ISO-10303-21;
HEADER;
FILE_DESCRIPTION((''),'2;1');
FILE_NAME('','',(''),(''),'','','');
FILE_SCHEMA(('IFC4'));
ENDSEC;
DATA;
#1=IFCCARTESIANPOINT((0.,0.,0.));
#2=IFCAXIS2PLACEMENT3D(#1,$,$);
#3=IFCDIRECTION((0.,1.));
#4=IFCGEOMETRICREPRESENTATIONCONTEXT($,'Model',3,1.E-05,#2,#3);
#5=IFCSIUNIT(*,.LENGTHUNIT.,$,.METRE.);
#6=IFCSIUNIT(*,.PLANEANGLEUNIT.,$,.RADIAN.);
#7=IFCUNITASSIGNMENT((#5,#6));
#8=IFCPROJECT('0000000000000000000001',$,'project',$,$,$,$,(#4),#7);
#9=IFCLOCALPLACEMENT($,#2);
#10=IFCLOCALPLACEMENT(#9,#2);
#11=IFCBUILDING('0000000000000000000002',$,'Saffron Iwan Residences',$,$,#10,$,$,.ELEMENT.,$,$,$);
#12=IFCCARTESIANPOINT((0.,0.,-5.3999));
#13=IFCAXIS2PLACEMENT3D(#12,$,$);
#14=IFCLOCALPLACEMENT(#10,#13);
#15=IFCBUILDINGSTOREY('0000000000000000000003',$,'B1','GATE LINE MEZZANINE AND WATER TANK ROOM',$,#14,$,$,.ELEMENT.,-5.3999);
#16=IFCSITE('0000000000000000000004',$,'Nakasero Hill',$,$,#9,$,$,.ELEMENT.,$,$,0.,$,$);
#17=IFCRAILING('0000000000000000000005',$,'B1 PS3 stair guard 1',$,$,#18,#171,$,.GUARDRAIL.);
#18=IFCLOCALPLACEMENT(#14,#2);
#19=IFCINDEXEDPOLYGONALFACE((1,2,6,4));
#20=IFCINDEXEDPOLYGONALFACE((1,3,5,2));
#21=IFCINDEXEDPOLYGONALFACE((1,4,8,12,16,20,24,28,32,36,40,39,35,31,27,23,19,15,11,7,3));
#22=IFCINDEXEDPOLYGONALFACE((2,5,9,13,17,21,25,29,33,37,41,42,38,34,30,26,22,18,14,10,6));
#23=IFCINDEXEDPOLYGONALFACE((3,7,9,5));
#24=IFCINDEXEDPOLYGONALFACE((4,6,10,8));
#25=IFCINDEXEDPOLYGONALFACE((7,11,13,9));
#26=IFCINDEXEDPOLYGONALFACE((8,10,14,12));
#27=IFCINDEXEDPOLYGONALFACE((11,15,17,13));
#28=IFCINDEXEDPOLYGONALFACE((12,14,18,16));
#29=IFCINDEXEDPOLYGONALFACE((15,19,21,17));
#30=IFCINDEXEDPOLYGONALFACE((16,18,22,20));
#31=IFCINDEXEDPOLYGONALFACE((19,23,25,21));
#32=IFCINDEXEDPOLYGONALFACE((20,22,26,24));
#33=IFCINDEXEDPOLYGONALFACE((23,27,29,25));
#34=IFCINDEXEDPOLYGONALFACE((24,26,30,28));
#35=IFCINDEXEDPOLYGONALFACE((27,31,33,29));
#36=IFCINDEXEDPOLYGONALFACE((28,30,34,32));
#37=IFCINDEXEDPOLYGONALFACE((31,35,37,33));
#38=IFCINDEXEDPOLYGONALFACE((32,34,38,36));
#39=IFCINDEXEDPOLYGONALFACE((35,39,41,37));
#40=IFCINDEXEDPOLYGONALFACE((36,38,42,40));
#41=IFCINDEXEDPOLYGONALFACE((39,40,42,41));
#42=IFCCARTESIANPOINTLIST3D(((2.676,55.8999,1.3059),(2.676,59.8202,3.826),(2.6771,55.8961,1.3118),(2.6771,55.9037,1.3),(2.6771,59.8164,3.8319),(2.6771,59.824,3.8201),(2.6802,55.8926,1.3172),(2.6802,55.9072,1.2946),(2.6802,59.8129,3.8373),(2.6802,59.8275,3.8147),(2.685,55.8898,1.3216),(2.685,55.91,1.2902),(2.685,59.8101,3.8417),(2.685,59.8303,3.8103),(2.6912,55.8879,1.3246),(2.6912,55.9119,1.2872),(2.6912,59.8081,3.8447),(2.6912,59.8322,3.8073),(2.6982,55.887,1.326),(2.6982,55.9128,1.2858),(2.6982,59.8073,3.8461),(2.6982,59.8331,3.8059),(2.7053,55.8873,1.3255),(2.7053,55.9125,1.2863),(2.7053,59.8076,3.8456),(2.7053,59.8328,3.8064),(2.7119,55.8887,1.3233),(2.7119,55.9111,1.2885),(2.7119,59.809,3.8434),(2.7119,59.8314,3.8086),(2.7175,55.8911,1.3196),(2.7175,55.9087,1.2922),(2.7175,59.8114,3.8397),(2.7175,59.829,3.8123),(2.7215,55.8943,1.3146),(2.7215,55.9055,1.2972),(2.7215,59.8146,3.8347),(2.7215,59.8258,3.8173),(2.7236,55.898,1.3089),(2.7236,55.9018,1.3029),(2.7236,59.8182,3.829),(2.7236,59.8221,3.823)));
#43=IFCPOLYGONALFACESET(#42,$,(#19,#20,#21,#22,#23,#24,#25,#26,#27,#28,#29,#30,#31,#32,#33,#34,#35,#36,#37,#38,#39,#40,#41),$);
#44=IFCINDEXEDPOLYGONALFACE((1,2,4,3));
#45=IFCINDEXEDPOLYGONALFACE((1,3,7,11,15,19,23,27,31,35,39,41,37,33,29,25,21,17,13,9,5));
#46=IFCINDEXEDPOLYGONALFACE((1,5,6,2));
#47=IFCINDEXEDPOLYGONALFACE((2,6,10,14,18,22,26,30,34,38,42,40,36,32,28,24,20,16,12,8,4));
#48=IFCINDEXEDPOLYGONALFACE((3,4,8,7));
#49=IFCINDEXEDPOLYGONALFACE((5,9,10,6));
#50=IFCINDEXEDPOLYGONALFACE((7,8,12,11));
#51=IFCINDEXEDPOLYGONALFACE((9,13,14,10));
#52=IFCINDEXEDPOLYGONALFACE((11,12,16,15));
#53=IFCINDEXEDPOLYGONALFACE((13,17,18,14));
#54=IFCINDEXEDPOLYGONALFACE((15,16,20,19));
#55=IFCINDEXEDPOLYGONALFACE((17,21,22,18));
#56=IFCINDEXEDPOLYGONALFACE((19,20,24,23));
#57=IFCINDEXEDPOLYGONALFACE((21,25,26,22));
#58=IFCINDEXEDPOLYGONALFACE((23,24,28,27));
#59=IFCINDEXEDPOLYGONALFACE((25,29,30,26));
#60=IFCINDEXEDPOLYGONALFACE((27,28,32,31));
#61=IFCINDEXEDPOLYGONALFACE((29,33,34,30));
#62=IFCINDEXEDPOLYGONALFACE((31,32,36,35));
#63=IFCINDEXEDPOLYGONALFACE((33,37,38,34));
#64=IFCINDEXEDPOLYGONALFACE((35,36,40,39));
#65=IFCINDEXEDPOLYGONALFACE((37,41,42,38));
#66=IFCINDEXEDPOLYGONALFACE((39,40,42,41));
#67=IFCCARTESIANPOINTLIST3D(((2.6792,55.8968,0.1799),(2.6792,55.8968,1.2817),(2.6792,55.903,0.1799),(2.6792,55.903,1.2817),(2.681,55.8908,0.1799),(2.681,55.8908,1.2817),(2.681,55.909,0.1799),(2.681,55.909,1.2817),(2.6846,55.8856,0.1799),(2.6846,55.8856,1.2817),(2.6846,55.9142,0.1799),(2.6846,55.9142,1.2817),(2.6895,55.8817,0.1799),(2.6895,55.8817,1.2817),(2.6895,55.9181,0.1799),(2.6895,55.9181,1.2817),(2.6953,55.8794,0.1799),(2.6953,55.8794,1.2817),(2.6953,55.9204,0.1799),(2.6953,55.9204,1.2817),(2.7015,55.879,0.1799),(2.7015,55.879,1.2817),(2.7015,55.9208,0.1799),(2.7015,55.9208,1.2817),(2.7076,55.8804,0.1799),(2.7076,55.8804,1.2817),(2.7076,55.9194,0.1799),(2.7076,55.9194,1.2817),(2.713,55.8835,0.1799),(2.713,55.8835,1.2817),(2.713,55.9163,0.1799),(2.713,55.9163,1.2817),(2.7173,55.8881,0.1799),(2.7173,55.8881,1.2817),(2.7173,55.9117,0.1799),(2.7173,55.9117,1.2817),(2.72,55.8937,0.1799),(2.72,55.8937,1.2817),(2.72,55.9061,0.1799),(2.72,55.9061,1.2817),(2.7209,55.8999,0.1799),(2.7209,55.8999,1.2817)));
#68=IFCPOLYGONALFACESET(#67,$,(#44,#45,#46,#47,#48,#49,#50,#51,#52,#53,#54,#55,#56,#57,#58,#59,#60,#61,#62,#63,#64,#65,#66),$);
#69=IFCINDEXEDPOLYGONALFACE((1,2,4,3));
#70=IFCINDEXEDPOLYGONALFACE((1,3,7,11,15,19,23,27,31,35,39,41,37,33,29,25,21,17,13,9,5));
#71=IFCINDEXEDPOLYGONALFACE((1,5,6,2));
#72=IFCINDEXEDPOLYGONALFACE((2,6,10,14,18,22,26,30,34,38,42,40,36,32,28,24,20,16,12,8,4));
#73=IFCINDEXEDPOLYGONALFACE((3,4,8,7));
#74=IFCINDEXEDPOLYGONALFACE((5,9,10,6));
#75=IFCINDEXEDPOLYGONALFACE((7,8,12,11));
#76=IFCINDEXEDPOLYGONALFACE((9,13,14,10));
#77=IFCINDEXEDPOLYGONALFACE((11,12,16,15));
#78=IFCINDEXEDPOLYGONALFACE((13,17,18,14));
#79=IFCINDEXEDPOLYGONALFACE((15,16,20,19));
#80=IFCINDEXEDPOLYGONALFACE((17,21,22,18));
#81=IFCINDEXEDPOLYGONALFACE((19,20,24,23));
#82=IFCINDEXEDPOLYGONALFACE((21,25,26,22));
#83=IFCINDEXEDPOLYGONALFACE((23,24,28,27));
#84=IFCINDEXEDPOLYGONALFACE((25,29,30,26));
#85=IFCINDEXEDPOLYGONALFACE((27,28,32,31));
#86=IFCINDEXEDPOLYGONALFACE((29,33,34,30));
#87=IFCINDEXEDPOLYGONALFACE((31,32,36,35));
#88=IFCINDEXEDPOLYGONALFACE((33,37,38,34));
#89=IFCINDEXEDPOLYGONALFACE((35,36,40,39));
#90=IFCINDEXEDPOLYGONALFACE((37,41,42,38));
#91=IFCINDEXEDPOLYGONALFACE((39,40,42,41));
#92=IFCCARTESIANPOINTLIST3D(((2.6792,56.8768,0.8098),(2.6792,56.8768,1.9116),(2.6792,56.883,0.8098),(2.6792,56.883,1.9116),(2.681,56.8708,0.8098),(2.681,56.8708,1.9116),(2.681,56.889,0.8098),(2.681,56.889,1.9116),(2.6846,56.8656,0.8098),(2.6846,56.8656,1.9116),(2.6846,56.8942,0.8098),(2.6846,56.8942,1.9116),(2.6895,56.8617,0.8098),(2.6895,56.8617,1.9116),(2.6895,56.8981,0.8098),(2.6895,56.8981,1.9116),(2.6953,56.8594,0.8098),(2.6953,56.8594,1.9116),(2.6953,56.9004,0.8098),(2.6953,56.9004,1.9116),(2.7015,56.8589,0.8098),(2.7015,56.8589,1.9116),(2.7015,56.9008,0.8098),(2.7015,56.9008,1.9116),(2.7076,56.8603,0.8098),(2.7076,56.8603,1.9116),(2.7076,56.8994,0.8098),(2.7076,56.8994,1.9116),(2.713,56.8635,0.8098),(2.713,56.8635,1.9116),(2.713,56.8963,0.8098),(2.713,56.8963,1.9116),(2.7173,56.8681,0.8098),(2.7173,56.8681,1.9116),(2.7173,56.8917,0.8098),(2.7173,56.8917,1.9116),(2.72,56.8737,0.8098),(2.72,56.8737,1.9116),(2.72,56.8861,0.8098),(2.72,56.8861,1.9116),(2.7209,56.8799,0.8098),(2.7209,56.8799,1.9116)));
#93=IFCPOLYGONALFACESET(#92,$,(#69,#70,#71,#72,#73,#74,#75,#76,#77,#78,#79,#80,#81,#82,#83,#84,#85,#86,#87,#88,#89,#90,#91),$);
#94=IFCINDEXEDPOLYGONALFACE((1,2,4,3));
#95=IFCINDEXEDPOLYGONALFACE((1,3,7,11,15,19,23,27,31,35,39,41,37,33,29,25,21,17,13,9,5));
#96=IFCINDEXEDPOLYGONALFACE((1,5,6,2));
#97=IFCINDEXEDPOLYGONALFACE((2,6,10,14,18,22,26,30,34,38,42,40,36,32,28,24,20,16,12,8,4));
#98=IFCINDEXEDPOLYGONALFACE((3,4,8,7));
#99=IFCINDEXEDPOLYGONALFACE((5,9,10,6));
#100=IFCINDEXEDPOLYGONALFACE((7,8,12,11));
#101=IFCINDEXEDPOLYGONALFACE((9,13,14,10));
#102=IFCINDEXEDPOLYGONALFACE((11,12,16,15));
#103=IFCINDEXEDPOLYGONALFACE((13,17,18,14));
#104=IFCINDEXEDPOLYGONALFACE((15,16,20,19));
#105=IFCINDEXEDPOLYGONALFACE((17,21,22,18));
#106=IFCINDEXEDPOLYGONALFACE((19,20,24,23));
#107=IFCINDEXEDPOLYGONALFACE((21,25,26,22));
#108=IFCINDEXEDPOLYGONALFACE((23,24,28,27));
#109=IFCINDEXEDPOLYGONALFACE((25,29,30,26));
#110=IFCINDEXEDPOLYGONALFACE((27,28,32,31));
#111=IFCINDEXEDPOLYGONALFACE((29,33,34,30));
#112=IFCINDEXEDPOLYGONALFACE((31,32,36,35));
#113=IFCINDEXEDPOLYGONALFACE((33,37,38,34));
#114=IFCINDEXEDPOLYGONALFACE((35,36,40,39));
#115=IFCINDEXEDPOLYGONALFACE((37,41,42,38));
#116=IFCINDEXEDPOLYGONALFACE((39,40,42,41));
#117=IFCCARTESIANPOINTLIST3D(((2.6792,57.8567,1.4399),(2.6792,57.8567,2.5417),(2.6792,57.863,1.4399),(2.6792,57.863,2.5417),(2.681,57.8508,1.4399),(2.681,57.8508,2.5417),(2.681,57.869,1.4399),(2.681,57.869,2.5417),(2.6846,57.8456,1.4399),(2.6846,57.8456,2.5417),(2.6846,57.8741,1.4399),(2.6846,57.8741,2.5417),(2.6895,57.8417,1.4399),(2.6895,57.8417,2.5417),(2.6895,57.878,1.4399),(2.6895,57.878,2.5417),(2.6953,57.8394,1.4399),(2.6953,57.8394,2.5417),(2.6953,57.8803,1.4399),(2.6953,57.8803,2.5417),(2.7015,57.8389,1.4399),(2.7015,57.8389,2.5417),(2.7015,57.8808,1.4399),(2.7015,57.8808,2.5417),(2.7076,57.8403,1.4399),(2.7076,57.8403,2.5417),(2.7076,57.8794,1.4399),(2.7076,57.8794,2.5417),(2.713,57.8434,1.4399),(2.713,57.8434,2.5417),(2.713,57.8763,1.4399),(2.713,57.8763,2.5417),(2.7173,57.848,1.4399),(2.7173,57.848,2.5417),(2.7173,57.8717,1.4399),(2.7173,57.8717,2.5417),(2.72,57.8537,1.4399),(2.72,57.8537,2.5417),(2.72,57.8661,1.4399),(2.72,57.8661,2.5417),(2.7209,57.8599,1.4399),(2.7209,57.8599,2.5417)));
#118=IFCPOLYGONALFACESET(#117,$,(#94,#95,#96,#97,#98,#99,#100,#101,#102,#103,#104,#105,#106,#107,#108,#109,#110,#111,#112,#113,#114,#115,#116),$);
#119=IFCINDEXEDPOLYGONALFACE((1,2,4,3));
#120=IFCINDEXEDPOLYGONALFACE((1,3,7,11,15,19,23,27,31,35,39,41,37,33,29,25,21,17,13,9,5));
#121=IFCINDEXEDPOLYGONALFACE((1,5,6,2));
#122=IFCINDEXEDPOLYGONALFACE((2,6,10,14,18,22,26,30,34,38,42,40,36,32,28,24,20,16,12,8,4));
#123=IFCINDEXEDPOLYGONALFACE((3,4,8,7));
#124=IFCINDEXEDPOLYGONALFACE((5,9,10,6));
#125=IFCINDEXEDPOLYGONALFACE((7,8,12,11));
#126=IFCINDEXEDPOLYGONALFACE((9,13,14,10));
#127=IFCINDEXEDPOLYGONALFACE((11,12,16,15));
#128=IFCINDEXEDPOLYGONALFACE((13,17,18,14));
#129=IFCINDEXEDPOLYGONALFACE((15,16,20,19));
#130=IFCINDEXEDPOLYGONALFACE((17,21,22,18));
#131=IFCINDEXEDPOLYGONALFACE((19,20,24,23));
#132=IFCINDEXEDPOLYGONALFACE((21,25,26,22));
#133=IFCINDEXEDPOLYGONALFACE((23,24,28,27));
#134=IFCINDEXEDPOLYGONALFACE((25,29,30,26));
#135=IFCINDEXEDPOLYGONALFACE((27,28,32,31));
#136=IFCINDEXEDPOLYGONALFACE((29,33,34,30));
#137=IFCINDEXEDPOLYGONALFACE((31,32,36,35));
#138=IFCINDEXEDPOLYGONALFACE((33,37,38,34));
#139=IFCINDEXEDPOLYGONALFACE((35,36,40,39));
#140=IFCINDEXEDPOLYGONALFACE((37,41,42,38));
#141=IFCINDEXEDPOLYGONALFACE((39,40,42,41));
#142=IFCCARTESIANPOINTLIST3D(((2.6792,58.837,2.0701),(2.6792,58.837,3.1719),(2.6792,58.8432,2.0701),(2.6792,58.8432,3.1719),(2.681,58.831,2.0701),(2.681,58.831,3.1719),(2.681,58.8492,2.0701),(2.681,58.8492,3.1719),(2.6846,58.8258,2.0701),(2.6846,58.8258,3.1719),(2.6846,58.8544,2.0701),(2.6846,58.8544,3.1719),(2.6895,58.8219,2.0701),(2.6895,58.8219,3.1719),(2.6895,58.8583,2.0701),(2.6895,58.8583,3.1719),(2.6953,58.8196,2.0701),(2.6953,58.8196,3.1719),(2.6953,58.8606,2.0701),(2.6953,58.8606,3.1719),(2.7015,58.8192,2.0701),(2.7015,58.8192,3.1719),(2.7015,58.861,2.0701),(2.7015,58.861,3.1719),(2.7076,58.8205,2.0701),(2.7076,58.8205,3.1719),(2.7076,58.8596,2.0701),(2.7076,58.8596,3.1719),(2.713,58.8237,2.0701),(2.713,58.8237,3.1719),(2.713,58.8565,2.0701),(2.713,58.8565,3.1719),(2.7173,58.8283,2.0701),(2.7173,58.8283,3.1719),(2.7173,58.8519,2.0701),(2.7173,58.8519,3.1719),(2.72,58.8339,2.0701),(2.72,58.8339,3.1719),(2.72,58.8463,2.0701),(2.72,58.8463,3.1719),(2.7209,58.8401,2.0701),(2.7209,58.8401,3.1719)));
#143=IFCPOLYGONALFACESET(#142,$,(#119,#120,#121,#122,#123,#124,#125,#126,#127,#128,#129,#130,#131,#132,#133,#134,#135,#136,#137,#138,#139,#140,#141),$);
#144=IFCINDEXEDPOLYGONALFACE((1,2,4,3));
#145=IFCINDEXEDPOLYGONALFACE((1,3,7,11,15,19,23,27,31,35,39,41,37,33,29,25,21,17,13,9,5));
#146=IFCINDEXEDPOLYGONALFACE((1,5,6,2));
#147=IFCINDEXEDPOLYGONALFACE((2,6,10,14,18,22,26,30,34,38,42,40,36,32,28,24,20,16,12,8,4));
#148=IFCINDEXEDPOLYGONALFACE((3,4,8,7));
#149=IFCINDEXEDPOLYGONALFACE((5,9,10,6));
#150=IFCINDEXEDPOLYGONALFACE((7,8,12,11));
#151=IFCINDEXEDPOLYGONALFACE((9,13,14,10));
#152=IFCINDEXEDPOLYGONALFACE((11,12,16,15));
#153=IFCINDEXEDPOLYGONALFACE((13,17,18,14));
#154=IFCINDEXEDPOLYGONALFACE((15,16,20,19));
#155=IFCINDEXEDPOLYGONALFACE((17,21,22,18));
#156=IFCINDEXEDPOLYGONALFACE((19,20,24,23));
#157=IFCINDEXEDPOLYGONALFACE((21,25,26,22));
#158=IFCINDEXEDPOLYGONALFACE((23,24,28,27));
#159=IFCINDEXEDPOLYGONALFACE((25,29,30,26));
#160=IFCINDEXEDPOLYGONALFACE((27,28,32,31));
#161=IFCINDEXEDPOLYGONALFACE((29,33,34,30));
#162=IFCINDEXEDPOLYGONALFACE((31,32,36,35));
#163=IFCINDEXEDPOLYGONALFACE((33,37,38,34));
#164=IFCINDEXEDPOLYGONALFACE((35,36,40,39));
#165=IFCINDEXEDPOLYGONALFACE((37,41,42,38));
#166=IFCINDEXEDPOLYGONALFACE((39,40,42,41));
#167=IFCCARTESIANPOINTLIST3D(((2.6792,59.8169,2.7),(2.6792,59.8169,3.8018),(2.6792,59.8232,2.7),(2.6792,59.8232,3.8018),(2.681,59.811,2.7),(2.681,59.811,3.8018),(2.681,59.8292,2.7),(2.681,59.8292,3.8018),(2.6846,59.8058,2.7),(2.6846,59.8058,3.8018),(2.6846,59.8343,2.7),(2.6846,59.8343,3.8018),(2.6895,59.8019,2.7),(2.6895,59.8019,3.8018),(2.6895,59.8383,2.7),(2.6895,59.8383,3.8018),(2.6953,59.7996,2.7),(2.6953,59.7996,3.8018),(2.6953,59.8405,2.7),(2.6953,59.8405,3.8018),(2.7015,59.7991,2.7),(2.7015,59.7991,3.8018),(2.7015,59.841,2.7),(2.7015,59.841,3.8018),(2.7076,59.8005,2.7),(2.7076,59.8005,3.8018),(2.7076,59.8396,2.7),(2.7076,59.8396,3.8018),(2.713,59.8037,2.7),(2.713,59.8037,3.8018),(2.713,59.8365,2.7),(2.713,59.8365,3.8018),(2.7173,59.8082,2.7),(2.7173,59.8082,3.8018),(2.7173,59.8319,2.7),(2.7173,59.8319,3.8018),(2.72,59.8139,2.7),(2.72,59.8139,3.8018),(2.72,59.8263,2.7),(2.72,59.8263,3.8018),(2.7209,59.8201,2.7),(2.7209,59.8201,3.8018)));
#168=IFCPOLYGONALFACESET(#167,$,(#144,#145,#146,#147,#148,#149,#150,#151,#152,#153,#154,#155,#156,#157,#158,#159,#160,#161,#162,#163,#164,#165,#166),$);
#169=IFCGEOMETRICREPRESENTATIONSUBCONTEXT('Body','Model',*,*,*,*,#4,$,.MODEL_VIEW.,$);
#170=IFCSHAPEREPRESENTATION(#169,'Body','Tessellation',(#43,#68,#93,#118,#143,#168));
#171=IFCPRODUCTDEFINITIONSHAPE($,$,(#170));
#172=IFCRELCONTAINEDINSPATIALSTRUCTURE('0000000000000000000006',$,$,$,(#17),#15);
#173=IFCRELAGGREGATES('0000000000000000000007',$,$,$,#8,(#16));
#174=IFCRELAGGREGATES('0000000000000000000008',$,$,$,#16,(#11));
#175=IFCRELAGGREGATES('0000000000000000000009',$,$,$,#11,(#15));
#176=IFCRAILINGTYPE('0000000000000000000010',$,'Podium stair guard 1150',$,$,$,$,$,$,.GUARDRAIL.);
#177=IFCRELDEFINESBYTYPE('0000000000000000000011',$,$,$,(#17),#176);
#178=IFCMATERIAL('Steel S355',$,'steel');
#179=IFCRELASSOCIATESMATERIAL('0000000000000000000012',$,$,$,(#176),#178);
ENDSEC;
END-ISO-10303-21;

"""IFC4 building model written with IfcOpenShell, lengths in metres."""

from ifc_helpers import new_model, si_unit, direction, frame, origin, origin_2d, place, context, subcontext, project, spatial, circle, extrude, material, type_object, element, save


model = new_model("IFC4")

# Units and contexts
model_context = context("Model", 3, precision=1e-05, world=origin(), true_north=direction((0.0, 1.0)))
body_context = subcontext(model_context, "Body", "Model", "MODEL_VIEW")
ifc_project = project(units=[si_unit("LENGTHUNIT", "METRE"), si_unit("PLANEANGLEUNIT", "RADIAN")], contexts=[model_context])

# Site, building, storey
site_placement = place(None, origin())
site = spatial("IfcSite", under=ifc_project, at=site_placement, Name="Nakasero Hill", CompositionType="ELEMENT", RefElevation=0.0)
building_placement = place(site_placement, origin())
building = spatial("IfcBuilding", under=site, at=building_placement, Name="Saffron Iwan Residences", CompositionType="ELEMENT")
storey_placement = place(building_placement, frame((0.0, 0.0, -5.3999)))
storey = spatial("IfcBuildingStorey", under=building, at=storey_placement, Name="B1", Description="GATE LINE MEZZANINE AND WATER TANK ROOM", CompositionType="ELEMENT", Elevation=-5.3999)

# Railing
ifc_material_1 = material(Name="Steel S355", Category="steel")
railing_type_1 = type_object("IfcRailingType", Name="Podium stair guard 1150", PredefinedType="GUARDRAIL", material=ifc_material_1)
railing_1_placement = place(storey_placement, frame((2.7, 55.8999, 0.1799)))
element("IfcRailing", 1, at=railing_1_placement, inside=storey, type_object=railing_type_1, Name="B1 PS3 stair guard 1", PredefinedType="GUARDRAIL", context=body_context, shape_type="SweptSolid", body=[
    extrude(circle(Radius=0.0239, at=origin_2d()), frame((0.0, 0.0, 1.126), z_axis=(0.0, 0.841187, 0.540744), x_axis=(-1.0, 0.0, 0.0)), (0.0, 0.0, 1.0), 4.6604),
    extrude(circle(Radius=0.021, at=origin_2d()), origin(), (0.0, 0.0, 1.0), 1.1018),
    extrude(circle(Radius=0.021, at=origin_2d()), frame((0.0, 0.98, 0.6299)), (0.0, 0.0, 1.0), 1.1018),
    extrude(circle(Radius=0.021, at=origin_2d()), frame((0.0, 1.96, 1.26)), (0.0, 0.0, 1.0), 1.1018),
    extrude(circle(Radius=0.021, at=origin_2d()), frame((0.0, 2.9402, 1.8901)), (0.0, 0.0, 1.0), 1.1018),
    extrude(circle(Radius=0.021, at=origin_2d()), frame((0.0, 3.9202, 2.52)), (0.0, 0.0, 1.0), 1.1018),
])

save(model, "model.ifc")
